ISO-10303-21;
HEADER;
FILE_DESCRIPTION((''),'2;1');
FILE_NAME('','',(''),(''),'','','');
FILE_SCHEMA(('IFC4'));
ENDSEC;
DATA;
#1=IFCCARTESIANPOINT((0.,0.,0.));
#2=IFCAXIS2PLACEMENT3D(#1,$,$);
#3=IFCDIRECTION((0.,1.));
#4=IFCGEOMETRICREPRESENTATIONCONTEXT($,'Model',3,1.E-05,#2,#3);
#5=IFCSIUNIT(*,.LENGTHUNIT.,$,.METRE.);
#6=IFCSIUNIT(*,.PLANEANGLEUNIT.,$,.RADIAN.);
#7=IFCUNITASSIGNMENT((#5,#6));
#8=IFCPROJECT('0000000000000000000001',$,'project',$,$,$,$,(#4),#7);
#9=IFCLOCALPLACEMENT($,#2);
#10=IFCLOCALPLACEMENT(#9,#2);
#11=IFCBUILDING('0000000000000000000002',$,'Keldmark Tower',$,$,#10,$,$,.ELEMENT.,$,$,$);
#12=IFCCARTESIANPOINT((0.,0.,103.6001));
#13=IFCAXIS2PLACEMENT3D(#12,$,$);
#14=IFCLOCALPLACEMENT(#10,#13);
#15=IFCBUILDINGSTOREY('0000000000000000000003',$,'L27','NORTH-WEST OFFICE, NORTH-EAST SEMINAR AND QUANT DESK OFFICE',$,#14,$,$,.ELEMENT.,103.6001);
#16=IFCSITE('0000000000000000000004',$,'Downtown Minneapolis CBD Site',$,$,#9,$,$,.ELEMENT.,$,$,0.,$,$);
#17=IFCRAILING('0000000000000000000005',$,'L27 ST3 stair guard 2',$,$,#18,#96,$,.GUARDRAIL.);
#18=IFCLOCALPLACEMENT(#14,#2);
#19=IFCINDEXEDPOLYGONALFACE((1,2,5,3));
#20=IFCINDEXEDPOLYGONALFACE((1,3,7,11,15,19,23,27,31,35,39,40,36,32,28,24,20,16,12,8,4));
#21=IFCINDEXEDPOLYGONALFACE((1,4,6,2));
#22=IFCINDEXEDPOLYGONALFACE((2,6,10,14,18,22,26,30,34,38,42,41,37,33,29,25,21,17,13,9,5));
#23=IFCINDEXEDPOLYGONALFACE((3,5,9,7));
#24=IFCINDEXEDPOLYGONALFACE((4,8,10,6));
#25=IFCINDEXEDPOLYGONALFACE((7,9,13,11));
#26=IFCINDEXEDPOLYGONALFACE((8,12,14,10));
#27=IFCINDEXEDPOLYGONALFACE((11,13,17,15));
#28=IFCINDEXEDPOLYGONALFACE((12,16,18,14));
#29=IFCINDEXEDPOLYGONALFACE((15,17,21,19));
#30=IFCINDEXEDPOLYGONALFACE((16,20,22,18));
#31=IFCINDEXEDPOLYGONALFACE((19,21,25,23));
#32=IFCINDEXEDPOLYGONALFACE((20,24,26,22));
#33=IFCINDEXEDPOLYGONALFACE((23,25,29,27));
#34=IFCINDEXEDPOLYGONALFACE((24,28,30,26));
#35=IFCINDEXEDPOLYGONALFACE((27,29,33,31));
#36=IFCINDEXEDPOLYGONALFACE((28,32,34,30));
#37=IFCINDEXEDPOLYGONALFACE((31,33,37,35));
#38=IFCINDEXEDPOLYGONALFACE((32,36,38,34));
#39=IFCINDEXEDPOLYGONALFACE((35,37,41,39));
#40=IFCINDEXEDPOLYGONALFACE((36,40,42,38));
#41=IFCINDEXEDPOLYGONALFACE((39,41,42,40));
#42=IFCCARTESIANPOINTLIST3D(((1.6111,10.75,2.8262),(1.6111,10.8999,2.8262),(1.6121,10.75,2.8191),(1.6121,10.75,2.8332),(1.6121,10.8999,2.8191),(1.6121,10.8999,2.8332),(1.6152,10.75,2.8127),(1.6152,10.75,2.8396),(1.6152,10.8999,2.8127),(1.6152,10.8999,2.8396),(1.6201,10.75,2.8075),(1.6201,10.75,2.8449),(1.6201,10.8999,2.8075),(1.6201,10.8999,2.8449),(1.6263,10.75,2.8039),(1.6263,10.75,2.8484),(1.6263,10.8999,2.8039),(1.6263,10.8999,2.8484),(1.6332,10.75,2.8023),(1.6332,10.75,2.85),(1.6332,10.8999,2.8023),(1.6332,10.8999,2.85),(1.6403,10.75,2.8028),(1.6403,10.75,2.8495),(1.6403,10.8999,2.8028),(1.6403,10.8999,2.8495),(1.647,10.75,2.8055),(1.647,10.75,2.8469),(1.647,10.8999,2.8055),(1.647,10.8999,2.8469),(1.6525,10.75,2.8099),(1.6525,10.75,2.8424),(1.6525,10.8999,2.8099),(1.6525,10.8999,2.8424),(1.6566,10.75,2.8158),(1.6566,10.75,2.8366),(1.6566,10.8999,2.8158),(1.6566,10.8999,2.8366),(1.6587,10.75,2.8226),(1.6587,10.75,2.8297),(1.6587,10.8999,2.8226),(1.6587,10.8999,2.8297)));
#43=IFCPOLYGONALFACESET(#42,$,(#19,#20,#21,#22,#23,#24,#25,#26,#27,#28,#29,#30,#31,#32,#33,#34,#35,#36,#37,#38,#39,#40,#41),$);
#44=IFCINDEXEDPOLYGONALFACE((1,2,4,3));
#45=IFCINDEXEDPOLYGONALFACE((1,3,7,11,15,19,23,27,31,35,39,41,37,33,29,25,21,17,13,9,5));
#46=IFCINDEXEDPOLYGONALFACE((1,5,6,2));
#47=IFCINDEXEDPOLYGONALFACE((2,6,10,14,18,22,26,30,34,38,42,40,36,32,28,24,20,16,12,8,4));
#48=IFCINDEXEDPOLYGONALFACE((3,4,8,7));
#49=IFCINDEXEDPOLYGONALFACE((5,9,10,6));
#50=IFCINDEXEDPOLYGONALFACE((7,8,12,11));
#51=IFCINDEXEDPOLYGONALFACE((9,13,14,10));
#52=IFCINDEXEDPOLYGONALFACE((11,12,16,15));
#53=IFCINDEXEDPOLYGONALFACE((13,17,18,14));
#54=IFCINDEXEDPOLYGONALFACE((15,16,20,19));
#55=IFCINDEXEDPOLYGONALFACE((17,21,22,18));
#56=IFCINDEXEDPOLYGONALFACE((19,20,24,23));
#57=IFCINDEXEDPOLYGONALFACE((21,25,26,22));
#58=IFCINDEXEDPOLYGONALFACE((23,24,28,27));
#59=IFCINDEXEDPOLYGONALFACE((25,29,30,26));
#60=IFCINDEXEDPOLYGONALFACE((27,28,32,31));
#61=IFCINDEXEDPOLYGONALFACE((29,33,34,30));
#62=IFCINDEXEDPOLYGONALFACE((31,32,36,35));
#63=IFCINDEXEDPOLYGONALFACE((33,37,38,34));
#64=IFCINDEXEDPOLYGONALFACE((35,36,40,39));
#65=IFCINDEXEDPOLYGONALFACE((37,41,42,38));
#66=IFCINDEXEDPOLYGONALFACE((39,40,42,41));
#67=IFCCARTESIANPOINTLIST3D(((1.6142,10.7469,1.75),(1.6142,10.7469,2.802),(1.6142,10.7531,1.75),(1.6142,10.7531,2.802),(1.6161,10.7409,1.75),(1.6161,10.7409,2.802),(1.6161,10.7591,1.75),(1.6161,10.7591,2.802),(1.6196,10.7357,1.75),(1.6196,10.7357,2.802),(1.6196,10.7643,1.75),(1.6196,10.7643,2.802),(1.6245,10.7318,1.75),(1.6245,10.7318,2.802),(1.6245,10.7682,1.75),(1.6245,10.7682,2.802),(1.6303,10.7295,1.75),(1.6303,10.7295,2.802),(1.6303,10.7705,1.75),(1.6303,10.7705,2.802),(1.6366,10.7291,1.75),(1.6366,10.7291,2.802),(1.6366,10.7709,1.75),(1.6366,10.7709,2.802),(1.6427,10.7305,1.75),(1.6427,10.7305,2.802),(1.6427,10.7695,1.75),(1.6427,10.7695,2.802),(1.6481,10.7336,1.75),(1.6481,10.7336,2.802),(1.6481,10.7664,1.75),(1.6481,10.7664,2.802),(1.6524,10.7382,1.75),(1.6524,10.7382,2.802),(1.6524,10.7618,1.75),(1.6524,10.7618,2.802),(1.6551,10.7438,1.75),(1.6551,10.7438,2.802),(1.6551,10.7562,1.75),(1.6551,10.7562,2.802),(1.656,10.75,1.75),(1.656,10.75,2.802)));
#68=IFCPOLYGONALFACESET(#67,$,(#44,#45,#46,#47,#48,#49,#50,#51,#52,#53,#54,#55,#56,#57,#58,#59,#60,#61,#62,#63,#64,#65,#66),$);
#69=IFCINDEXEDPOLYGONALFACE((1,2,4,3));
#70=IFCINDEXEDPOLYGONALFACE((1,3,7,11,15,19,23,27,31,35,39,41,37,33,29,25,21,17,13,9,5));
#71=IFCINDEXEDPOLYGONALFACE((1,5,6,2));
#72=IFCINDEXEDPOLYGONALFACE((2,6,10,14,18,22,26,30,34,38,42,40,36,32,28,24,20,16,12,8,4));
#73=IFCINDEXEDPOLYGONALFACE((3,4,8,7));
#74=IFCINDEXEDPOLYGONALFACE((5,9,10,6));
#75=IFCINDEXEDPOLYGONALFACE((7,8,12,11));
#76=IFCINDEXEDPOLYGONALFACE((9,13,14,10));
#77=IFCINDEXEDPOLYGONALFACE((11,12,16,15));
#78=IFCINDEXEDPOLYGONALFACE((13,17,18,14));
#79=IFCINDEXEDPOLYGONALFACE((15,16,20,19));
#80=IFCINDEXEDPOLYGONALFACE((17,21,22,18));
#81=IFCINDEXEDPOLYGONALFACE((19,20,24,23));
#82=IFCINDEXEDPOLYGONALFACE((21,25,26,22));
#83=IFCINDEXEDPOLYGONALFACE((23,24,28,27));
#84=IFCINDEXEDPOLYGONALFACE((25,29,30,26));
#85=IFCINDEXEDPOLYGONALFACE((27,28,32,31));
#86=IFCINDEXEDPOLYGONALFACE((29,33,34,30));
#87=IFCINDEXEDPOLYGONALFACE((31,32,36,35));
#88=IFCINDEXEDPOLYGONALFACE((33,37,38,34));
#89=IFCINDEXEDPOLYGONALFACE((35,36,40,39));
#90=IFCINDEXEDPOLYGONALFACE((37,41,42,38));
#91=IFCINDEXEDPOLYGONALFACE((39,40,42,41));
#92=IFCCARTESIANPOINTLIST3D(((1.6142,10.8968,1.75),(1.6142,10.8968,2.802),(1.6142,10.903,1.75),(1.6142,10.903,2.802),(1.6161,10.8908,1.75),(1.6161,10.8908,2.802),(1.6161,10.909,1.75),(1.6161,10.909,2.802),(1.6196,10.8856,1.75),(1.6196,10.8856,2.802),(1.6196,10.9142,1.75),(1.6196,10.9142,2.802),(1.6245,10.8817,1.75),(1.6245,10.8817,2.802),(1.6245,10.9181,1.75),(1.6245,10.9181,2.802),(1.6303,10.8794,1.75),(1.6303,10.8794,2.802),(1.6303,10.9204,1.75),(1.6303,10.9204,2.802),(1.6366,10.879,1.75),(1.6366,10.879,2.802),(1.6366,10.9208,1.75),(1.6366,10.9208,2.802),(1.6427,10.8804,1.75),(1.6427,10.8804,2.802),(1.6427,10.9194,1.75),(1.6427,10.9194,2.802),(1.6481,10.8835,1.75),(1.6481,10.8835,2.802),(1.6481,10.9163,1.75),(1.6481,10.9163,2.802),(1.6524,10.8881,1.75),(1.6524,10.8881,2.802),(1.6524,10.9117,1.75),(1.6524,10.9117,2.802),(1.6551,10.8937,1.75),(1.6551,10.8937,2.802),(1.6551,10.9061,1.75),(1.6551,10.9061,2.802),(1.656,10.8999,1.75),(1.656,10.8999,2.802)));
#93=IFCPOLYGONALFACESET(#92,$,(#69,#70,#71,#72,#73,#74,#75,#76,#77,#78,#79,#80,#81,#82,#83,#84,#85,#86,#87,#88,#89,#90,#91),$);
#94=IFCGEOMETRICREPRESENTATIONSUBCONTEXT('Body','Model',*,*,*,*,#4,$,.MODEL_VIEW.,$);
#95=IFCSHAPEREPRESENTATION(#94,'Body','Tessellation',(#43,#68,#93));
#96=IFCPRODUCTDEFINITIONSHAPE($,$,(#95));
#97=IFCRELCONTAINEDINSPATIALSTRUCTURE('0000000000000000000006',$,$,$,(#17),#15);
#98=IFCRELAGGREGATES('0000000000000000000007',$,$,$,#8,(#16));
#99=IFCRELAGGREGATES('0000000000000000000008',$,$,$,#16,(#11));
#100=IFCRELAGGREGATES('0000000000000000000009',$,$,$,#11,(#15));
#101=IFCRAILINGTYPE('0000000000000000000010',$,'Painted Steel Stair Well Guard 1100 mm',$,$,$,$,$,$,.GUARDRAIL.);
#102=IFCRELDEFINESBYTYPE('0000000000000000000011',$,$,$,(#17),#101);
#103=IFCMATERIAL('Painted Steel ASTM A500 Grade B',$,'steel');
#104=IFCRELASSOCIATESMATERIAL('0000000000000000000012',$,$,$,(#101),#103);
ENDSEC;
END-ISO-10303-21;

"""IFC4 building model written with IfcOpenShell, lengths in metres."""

from ifc_helpers import new_model, si_unit, direction, frame, origin, origin_2d, place, context, subcontext, project, spatial, circle, extrude, material, type_object, element, save


model = new_model("IFC4")

# Units and contexts
model_context = context("Model", 3, precision=1e-05, world=origin(), true_north=direction((0.0, 1.0)))
body_context = subcontext(model_context, "Body", "Model", "MODEL_VIEW")
ifc_project = project(units=[si_unit("LENGTHUNIT", "METRE"), si_unit("PLANEANGLEUNIT", "RADIAN")], contexts=[model_context])

# Site, building, storey
site_placement = place(None, origin())
site = spatial("IfcSite", under=ifc_project, at=site_placement, Name="Downtown Minneapolis CBD Site", CompositionType="ELEMENT", RefElevation=0.0)
building_placement = place(site_placement, origin())
building = spatial("IfcBuilding", under=site, at=building_placement, Name="Keldmark Tower", CompositionType="ELEMENT")
storey_placement = place(building_placement, frame((0.0, 0.0, 103.6001)))
storey = spatial("IfcBuildingStorey", under=building, at=storey_placement, Name="L27", Description="NORTH-WEST OFFICE, NORTH-EAST SEMINAR AND QUANT DESK OFFICE", CompositionType="ELEMENT", Elevation=103.6001)

# Railing
ifc_material_1 = material(Name="Painted Steel ASTM A500 Grade B", Category="steel")
railing_type_1 = type_object("IfcRailingType", Name="Painted Steel Stair Well Guard 1100 mm", PredefinedType="GUARDRAIL", material=ifc_material_1)
railing_1_placement = place(storey_placement, frame((1.635, 10.75, 1.75)))
element("IfcRailing", 1, at=railing_1_placement, inside=storey, type_object=railing_type_1, Name="L27 ST3 stair guard 2", PredefinedType="GUARDRAIL", context=body_context, shape_type="SweptSolid", body=[
    extrude(circle(Radius=0.0239, at=origin_2d()), frame((0.0, 0.0, 1.0762), z_axis=(0.0, 1.0, 0.0), x_axis=(-1.0, 0.0, 0.0)), (0.0, 0.0, 1.0), 0.1499),
    extrude(circle(Radius=0.021, at=origin_2d()), origin(), (0.0, 0.0, 1.0), 1.052),
    extrude(circle(Radius=0.021, at=origin_2d()), frame((0.0, 0.1499, 0.0)), (0.0, 0.0, 1.0), 1.052),
])

save(model, "model.ifc")
